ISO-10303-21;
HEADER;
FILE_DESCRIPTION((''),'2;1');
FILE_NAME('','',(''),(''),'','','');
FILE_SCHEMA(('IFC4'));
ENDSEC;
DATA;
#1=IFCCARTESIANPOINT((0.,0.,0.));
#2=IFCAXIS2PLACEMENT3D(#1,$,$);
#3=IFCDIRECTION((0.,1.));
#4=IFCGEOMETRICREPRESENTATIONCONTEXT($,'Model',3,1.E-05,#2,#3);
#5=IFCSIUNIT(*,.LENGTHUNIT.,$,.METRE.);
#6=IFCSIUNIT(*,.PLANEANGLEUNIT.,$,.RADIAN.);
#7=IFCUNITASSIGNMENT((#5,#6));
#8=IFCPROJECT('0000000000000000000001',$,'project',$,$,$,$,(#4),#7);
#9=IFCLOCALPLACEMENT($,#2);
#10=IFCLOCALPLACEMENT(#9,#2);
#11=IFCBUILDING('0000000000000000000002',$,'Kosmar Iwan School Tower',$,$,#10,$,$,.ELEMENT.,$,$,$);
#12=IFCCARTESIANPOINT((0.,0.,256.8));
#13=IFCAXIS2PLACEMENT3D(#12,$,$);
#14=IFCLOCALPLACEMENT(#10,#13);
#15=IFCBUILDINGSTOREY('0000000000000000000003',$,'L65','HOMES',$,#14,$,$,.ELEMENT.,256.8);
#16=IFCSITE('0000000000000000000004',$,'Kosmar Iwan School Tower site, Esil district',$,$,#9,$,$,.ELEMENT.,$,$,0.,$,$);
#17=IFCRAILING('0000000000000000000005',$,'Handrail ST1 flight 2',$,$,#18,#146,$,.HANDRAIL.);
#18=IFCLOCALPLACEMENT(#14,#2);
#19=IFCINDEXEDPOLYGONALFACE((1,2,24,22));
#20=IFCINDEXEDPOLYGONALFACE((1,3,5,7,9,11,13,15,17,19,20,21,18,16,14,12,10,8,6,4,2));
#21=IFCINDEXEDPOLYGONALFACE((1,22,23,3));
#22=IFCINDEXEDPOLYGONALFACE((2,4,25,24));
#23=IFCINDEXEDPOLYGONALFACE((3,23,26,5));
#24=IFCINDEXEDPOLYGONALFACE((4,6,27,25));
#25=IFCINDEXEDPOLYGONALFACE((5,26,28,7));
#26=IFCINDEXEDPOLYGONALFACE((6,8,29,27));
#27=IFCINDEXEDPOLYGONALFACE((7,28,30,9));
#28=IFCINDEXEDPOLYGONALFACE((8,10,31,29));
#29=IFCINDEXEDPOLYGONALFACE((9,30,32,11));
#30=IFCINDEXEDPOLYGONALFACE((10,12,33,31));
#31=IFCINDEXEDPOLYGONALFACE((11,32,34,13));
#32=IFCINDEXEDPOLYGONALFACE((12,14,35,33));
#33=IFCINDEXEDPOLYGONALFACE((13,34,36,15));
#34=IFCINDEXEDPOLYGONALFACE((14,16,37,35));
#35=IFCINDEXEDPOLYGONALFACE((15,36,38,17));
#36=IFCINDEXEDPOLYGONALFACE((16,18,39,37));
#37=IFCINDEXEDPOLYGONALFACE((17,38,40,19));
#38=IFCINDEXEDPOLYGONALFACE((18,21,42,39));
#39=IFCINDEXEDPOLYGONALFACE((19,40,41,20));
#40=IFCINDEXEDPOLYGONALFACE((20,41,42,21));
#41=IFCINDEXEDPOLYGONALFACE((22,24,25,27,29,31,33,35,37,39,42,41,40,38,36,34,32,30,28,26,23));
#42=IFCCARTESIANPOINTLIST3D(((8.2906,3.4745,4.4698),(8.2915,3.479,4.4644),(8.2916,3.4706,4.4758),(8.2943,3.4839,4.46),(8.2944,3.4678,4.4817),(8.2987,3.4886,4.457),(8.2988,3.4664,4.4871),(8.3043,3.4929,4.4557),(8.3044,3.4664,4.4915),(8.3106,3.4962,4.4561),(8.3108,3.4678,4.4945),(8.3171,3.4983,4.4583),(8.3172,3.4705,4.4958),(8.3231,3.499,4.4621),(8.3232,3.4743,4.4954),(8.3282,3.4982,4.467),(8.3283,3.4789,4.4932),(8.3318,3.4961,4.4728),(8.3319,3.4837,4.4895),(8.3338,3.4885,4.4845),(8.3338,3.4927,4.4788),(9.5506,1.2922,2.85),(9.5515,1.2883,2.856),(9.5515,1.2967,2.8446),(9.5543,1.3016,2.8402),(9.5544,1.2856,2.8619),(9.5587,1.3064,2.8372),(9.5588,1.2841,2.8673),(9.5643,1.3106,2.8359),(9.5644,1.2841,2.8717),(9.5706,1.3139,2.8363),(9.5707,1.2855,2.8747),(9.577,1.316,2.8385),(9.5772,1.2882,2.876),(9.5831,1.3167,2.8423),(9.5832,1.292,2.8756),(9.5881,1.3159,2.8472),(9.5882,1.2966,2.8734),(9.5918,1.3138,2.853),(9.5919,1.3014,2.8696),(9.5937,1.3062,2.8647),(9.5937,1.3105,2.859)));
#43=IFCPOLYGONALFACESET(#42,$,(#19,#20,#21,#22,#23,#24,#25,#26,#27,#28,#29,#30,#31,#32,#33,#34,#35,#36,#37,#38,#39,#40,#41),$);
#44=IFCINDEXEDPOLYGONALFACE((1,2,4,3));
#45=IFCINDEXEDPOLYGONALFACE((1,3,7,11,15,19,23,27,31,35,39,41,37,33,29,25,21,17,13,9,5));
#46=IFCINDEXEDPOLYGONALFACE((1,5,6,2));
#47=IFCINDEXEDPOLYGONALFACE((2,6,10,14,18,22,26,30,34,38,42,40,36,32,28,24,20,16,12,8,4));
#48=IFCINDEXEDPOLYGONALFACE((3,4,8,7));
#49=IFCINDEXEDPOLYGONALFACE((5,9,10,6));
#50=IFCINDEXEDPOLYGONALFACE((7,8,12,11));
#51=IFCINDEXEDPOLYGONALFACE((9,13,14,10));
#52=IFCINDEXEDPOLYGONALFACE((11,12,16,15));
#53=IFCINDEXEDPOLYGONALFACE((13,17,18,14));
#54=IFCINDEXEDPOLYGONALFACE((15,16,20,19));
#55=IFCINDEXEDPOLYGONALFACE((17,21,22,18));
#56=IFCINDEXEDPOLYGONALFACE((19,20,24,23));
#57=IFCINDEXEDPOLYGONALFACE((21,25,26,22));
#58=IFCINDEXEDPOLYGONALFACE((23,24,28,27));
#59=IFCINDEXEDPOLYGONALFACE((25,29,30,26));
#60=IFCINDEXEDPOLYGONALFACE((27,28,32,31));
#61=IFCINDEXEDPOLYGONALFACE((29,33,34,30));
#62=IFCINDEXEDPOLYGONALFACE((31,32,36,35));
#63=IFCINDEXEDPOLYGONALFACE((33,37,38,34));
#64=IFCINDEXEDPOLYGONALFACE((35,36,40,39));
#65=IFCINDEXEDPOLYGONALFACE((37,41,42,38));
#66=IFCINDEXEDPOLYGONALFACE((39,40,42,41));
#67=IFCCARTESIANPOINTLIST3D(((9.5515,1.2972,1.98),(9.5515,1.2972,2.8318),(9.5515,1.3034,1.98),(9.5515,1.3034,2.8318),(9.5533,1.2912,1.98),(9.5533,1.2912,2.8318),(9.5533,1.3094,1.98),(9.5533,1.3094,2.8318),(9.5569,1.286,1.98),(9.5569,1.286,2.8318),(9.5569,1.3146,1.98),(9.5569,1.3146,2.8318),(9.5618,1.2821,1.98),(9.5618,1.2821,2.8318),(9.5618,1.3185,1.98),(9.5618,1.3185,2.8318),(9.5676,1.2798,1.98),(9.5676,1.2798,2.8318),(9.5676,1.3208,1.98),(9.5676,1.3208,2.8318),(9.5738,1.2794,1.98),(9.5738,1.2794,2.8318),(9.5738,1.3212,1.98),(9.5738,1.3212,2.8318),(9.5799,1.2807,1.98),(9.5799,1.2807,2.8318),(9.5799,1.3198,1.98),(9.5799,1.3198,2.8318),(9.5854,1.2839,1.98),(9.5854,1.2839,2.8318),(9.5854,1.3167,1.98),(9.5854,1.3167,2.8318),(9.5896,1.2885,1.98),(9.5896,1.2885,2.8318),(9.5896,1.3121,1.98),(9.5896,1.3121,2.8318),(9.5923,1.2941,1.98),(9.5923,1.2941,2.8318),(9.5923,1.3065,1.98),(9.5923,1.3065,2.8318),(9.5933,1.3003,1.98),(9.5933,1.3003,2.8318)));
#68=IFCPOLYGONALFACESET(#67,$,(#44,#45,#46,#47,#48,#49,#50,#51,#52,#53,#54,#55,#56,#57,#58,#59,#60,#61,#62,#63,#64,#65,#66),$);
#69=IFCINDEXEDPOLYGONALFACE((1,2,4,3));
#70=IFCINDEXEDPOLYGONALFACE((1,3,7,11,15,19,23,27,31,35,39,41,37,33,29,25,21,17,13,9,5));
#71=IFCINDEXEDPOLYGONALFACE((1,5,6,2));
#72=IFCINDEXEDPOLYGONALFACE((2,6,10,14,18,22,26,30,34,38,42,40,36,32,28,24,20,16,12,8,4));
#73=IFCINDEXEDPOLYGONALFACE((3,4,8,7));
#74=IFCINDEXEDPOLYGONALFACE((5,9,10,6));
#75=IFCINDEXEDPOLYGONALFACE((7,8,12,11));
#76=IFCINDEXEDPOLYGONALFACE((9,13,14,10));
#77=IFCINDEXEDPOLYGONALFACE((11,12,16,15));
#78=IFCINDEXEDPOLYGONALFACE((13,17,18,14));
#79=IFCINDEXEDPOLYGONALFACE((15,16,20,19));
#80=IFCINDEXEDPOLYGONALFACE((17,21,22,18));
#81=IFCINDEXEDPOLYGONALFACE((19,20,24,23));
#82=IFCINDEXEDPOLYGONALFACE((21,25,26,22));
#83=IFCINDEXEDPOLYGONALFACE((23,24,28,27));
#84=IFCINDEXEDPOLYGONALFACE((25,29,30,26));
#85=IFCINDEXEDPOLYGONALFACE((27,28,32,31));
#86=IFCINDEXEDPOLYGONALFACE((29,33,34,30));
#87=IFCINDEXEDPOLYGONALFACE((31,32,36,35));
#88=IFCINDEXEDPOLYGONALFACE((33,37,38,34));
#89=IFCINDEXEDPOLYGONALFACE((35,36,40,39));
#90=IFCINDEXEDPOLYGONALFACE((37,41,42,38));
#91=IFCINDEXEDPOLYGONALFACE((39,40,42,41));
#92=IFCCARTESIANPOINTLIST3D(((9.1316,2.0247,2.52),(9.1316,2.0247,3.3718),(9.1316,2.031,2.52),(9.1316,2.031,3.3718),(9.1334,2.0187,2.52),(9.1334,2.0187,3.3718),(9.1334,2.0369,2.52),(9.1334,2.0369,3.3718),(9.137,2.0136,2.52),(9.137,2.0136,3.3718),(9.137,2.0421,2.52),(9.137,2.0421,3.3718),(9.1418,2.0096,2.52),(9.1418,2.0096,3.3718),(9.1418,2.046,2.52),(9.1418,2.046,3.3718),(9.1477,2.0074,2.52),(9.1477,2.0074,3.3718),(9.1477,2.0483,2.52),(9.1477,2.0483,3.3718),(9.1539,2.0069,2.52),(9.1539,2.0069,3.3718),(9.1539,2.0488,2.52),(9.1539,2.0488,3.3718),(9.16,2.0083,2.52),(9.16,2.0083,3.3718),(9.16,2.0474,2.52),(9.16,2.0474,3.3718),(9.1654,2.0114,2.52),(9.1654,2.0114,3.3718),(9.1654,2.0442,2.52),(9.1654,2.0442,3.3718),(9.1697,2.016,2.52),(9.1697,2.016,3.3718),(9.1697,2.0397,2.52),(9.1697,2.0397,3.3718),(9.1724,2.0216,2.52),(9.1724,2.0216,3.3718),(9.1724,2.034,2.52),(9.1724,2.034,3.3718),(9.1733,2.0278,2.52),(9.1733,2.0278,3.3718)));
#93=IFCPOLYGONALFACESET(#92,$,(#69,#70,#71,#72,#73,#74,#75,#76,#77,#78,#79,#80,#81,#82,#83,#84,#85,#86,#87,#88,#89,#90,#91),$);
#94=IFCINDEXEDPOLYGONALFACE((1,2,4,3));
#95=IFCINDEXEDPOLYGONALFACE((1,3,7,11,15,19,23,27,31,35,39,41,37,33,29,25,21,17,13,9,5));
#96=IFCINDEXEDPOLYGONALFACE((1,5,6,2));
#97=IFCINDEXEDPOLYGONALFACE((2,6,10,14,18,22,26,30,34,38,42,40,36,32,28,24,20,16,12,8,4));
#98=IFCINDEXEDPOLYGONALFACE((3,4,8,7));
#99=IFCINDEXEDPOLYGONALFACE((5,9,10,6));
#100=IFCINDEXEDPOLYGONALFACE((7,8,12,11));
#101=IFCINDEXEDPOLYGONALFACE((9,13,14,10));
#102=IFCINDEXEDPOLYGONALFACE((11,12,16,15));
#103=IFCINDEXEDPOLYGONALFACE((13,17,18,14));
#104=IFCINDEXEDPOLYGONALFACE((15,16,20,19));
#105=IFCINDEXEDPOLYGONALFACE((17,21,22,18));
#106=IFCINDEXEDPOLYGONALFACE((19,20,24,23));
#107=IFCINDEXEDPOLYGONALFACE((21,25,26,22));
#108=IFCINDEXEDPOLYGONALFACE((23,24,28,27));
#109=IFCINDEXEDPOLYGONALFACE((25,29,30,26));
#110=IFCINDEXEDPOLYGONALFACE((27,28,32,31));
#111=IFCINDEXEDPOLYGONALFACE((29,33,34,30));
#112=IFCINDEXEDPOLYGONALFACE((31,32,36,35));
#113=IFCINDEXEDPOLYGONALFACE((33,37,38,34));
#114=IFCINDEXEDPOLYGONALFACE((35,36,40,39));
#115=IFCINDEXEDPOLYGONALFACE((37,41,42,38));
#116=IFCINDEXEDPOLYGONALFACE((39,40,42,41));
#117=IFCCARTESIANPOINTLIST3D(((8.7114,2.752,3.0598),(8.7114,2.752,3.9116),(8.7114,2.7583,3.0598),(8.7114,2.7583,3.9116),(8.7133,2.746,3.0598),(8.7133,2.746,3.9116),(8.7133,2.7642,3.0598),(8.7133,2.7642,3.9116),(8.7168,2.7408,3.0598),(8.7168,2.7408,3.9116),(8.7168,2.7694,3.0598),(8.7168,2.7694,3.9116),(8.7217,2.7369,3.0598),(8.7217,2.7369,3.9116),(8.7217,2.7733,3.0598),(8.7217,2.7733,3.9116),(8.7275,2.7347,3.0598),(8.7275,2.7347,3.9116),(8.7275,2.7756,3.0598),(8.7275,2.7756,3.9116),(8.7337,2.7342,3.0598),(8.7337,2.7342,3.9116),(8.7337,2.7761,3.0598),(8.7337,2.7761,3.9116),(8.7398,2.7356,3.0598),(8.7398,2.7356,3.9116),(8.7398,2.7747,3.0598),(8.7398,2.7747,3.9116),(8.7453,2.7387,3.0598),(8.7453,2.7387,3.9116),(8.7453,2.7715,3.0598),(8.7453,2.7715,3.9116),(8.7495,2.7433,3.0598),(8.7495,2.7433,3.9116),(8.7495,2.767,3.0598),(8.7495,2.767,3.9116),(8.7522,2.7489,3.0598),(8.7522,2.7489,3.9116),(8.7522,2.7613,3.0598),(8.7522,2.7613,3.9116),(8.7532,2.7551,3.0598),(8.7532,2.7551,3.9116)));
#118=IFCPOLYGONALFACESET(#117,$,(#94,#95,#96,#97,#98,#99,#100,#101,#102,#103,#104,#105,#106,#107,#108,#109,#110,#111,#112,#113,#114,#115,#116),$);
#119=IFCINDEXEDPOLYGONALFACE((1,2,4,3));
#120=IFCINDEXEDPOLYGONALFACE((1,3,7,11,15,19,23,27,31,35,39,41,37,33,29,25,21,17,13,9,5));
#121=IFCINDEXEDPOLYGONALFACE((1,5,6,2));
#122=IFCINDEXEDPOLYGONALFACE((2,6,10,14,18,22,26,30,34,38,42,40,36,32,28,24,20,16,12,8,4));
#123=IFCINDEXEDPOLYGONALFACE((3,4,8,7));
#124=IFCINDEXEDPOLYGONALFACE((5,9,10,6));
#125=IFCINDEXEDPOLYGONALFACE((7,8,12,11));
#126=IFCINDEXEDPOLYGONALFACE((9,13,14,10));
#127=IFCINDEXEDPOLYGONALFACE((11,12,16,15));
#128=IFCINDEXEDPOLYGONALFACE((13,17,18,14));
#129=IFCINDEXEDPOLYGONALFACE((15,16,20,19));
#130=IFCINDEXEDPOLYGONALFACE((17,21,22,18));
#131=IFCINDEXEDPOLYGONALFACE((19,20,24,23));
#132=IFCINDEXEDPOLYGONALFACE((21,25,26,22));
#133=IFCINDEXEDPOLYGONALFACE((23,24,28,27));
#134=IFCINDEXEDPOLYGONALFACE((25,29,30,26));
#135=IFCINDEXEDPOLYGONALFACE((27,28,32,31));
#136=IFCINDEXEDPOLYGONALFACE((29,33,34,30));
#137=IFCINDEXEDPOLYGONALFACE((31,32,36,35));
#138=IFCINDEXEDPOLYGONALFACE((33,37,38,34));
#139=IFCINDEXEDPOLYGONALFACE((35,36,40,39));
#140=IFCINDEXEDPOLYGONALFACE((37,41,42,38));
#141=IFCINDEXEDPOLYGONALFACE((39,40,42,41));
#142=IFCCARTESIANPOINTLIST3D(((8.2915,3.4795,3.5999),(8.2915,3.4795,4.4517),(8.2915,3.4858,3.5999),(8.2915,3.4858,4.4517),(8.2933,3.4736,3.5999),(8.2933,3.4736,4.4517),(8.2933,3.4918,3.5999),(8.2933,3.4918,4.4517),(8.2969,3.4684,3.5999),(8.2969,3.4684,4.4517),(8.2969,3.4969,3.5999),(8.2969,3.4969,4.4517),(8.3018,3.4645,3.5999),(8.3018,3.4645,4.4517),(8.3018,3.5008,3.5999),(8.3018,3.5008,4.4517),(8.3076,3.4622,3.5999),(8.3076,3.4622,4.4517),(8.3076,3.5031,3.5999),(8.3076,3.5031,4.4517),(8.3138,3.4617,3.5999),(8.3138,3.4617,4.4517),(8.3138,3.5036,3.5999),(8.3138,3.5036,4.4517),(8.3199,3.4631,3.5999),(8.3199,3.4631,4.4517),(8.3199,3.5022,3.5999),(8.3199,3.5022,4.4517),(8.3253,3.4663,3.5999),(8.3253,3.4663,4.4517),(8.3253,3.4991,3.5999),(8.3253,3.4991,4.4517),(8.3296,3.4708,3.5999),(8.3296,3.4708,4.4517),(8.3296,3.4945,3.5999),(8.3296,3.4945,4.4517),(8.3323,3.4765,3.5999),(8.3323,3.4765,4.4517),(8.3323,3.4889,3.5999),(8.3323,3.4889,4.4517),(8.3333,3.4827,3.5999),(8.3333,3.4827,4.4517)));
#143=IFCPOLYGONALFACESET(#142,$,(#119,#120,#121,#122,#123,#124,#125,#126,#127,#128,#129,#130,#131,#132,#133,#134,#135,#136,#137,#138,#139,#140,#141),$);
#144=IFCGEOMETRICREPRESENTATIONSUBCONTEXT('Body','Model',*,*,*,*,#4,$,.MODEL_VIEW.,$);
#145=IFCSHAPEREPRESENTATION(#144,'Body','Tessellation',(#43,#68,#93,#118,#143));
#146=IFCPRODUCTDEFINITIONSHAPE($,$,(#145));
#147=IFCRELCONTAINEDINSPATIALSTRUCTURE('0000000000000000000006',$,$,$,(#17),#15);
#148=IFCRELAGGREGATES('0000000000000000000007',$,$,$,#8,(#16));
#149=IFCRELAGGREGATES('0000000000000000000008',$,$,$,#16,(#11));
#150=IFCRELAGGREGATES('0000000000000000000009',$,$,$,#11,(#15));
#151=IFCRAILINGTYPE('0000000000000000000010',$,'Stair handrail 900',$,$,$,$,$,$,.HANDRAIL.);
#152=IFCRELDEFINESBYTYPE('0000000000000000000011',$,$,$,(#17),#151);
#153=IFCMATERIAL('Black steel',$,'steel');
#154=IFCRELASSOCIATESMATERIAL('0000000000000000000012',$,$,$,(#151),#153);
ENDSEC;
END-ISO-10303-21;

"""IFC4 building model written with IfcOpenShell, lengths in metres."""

from ifc_helpers import new_model, si_unit, direction, frame, origin, origin_2d, place, context, subcontext, project, spatial, circle, extrude, material, type_object, element, save


model = new_model("IFC4")

# Units and contexts
model_context = context("Model", 3, precision=1e-05, world=origin(), true_north=direction((0.0, 1.0)))
body_context = subcontext(model_context, "Body", "Model", "MODEL_VIEW")
ifc_project = project(units=[si_unit("LENGTHUNIT", "METRE"), si_unit("PLANEANGLEUNIT", "RADIAN")], contexts=[model_context])

# Site, building, storey
site_placement = place(None, origin())
site = spatial("IfcSite", under=ifc_project, at=site_placement, Name="Kosmar Iwan School Tower site, Esil district", CompositionType="ELEMENT", RefElevation=0.0)
building_placement = place(site_placement, origin())
building = spatial("IfcBuilding", under=site, at=building_placement, Name="Kosmar Iwan School Tower", CompositionType="ELEMENT")
storey_placement = place(building_placement, frame((0.0, 0.0, 256.8)))
storey = spatial("IfcBuildingStorey", under=building, at=storey_placement, Name="L65", Description="HOMES", CompositionType="ELEMENT", Elevation=256.8)

# Railing
ifc_material_1 = material(Name="Black steel", Category="steel")
railing_type = type_object("IfcRailingType", Name="Stair handrail 900", PredefinedType="HANDRAIL", material=ifc_material_1)
railing_1_placement = place(storey_placement, frame((9.5723, 1.3003, 1.98)))
element("IfcRailing", 1, at=railing_1_placement, inside=storey, type_object=railing_type, Name="Handrail ST1 flight 2", PredefinedType="HANDRAIL", context=body_context, shape_type="SweptSolid", body=[
    extrude(circle(Radius=0.0239, at=origin_2d()), frame((0.0, 0.0, 0.876), z_axis=(-0.420603, 0.728496, 0.540728), x_axis=(-0.866023, -0.500005, 0.0)), (0.0, 0.0, 1.0), 2.9956),
    extrude(circle(Radius=0.021, at=origin_2d()), origin(), (0.0, 0.0, 1.0), 0.8518),
    extrude(circle(Radius=0.021, at=origin_2d()), frame((-0.4199, 0.7275, 0.54)), (0.0, 0.0, 1.0), 0.8518),
    extrude(circle(Radius=0.021, at=origin_2d()), frame((-0.8401, 1.4548, 1.0798)), (0.0, 0.0, 1.0), 0.8518),
    extrude(circle(Radius=0.021, at=origin_2d()), frame((-1.26, 2.1824, 1.6199)), (0.0, 0.0, 1.0), 0.8518),
])

save(model, "model.ifc")
